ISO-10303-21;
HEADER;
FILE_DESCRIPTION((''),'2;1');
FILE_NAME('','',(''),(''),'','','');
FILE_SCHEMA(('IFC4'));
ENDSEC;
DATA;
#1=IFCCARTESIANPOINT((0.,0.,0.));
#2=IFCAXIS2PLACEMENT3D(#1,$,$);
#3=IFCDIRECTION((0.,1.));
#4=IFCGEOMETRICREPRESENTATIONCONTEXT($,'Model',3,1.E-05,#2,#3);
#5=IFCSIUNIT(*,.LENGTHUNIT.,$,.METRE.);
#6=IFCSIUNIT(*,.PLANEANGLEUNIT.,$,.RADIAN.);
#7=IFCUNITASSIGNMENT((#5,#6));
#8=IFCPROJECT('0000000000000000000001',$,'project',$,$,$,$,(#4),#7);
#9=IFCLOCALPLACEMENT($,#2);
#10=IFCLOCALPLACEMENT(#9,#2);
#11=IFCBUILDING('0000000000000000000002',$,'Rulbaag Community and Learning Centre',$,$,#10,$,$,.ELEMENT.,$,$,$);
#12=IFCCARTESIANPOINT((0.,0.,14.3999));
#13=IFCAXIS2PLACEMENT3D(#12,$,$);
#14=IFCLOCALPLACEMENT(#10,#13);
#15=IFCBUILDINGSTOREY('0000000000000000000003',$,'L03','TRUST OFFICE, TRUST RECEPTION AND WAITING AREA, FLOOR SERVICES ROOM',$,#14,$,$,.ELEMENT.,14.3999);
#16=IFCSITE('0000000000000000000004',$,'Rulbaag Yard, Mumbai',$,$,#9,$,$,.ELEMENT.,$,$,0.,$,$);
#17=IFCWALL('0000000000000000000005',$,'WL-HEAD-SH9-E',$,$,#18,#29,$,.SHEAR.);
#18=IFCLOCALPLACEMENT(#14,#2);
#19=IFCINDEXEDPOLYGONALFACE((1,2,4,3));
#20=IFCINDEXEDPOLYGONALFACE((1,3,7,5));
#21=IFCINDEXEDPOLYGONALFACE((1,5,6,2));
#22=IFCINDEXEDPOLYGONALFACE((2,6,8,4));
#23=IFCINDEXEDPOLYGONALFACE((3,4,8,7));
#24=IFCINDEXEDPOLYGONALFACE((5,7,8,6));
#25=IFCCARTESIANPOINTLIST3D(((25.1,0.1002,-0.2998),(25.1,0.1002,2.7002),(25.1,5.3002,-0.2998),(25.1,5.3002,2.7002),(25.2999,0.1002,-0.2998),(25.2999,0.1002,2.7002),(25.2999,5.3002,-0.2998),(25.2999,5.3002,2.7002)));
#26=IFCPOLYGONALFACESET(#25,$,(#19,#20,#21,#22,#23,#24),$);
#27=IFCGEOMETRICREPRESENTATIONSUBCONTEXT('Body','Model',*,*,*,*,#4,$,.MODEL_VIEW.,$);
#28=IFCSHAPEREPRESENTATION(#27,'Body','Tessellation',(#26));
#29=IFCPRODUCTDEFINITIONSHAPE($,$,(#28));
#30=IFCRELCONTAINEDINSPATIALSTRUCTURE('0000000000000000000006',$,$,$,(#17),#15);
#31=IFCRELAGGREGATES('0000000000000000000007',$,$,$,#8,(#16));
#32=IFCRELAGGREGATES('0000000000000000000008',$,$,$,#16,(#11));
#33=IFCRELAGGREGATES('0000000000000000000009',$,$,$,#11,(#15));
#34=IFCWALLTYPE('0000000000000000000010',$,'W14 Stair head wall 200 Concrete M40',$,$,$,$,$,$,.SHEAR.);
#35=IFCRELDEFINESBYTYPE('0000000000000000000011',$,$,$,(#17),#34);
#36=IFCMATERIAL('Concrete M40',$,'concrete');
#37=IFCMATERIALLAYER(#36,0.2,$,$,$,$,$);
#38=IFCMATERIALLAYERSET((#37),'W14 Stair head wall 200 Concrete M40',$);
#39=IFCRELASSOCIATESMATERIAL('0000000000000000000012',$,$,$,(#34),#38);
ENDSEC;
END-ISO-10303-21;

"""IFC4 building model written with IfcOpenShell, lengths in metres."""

from ifc_helpers import new_model, si_unit, direction, frame, frame_2d, origin, place, context, subcontext, project, spatial, rectangle, extrude, material, layer, layer_set, type_object, element, save


model = new_model("IFC4")

# Units and contexts
model_context = context("Model", 3, precision=1e-05, world=origin(), true_north=direction((0.0, 1.0)))
body_context = subcontext(model_context, "Body", "Model", "MODEL_VIEW")
ifc_project = project(units=[si_unit("LENGTHUNIT", "METRE"), si_unit("PLANEANGLEUNIT", "RADIAN")], contexts=[model_context])

# Site, building, storey
site_placement = place(None, origin())
site = spatial("IfcSite", under=ifc_project, at=site_placement, Name="Rulbaag Yard, Mumbai", CompositionType="ELEMENT", RefElevation=0.0)
building_placement = place(site_placement, origin())
building = spatial("IfcBuilding", under=site, at=building_placement, Name="Rulbaag Community and Learning Centre", CompositionType="ELEMENT")
storey_placement = place(building_placement, frame((0.0, 0.0, 14.3999)))
storey = spatial("IfcBuildingStorey", under=building, at=storey_placement, Name="L03", Description="TRUST OFFICE, TRUST RECEPTION AND WAITING AREA, FLOOR SERVICES ROOM", CompositionType="ELEMENT", Elevation=14.3999)

# Shared definitions
ifc_material_1 = material(Name="Concrete M40", Category="concrete")

# Wall
ifc_layer_1 = layer(ifc_material_1, 0.2)
ifc_layer_set_1 = layer_set([ifc_layer_1], Name="W14 Stair head wall 200 Concrete M40")
wall_type_1 = type_object("IfcWallType", Name="W14 Stair head wall 200 Concrete M40", PredefinedType="SHEAR", material=ifc_layer_set_1)
for number, where, z_axis, x_axis, name in (
    (1, (25.2, 0.1001, -0.2998), (0.0, 0.0, 1.0), (0.0, 1.0, 0.0), "WL-HEAD-SH9-E"),
):
    element("IfcWall", number, at=place(storey_placement, frame(where, z_axis=z_axis, x_axis=x_axis)), inside=storey, type_object=wall_type_1, Name=name, PredefinedType="SHEAR", context=body_context, shape_type="SweptSolid", body=[
        extrude(rectangle(XDim=5.2, YDim=0.2, at=frame_2d((2.6001, 0.0))), origin(), (0.0, 0.0, 1.0), 3.0),
    ])

save(model, "model.ifc")
